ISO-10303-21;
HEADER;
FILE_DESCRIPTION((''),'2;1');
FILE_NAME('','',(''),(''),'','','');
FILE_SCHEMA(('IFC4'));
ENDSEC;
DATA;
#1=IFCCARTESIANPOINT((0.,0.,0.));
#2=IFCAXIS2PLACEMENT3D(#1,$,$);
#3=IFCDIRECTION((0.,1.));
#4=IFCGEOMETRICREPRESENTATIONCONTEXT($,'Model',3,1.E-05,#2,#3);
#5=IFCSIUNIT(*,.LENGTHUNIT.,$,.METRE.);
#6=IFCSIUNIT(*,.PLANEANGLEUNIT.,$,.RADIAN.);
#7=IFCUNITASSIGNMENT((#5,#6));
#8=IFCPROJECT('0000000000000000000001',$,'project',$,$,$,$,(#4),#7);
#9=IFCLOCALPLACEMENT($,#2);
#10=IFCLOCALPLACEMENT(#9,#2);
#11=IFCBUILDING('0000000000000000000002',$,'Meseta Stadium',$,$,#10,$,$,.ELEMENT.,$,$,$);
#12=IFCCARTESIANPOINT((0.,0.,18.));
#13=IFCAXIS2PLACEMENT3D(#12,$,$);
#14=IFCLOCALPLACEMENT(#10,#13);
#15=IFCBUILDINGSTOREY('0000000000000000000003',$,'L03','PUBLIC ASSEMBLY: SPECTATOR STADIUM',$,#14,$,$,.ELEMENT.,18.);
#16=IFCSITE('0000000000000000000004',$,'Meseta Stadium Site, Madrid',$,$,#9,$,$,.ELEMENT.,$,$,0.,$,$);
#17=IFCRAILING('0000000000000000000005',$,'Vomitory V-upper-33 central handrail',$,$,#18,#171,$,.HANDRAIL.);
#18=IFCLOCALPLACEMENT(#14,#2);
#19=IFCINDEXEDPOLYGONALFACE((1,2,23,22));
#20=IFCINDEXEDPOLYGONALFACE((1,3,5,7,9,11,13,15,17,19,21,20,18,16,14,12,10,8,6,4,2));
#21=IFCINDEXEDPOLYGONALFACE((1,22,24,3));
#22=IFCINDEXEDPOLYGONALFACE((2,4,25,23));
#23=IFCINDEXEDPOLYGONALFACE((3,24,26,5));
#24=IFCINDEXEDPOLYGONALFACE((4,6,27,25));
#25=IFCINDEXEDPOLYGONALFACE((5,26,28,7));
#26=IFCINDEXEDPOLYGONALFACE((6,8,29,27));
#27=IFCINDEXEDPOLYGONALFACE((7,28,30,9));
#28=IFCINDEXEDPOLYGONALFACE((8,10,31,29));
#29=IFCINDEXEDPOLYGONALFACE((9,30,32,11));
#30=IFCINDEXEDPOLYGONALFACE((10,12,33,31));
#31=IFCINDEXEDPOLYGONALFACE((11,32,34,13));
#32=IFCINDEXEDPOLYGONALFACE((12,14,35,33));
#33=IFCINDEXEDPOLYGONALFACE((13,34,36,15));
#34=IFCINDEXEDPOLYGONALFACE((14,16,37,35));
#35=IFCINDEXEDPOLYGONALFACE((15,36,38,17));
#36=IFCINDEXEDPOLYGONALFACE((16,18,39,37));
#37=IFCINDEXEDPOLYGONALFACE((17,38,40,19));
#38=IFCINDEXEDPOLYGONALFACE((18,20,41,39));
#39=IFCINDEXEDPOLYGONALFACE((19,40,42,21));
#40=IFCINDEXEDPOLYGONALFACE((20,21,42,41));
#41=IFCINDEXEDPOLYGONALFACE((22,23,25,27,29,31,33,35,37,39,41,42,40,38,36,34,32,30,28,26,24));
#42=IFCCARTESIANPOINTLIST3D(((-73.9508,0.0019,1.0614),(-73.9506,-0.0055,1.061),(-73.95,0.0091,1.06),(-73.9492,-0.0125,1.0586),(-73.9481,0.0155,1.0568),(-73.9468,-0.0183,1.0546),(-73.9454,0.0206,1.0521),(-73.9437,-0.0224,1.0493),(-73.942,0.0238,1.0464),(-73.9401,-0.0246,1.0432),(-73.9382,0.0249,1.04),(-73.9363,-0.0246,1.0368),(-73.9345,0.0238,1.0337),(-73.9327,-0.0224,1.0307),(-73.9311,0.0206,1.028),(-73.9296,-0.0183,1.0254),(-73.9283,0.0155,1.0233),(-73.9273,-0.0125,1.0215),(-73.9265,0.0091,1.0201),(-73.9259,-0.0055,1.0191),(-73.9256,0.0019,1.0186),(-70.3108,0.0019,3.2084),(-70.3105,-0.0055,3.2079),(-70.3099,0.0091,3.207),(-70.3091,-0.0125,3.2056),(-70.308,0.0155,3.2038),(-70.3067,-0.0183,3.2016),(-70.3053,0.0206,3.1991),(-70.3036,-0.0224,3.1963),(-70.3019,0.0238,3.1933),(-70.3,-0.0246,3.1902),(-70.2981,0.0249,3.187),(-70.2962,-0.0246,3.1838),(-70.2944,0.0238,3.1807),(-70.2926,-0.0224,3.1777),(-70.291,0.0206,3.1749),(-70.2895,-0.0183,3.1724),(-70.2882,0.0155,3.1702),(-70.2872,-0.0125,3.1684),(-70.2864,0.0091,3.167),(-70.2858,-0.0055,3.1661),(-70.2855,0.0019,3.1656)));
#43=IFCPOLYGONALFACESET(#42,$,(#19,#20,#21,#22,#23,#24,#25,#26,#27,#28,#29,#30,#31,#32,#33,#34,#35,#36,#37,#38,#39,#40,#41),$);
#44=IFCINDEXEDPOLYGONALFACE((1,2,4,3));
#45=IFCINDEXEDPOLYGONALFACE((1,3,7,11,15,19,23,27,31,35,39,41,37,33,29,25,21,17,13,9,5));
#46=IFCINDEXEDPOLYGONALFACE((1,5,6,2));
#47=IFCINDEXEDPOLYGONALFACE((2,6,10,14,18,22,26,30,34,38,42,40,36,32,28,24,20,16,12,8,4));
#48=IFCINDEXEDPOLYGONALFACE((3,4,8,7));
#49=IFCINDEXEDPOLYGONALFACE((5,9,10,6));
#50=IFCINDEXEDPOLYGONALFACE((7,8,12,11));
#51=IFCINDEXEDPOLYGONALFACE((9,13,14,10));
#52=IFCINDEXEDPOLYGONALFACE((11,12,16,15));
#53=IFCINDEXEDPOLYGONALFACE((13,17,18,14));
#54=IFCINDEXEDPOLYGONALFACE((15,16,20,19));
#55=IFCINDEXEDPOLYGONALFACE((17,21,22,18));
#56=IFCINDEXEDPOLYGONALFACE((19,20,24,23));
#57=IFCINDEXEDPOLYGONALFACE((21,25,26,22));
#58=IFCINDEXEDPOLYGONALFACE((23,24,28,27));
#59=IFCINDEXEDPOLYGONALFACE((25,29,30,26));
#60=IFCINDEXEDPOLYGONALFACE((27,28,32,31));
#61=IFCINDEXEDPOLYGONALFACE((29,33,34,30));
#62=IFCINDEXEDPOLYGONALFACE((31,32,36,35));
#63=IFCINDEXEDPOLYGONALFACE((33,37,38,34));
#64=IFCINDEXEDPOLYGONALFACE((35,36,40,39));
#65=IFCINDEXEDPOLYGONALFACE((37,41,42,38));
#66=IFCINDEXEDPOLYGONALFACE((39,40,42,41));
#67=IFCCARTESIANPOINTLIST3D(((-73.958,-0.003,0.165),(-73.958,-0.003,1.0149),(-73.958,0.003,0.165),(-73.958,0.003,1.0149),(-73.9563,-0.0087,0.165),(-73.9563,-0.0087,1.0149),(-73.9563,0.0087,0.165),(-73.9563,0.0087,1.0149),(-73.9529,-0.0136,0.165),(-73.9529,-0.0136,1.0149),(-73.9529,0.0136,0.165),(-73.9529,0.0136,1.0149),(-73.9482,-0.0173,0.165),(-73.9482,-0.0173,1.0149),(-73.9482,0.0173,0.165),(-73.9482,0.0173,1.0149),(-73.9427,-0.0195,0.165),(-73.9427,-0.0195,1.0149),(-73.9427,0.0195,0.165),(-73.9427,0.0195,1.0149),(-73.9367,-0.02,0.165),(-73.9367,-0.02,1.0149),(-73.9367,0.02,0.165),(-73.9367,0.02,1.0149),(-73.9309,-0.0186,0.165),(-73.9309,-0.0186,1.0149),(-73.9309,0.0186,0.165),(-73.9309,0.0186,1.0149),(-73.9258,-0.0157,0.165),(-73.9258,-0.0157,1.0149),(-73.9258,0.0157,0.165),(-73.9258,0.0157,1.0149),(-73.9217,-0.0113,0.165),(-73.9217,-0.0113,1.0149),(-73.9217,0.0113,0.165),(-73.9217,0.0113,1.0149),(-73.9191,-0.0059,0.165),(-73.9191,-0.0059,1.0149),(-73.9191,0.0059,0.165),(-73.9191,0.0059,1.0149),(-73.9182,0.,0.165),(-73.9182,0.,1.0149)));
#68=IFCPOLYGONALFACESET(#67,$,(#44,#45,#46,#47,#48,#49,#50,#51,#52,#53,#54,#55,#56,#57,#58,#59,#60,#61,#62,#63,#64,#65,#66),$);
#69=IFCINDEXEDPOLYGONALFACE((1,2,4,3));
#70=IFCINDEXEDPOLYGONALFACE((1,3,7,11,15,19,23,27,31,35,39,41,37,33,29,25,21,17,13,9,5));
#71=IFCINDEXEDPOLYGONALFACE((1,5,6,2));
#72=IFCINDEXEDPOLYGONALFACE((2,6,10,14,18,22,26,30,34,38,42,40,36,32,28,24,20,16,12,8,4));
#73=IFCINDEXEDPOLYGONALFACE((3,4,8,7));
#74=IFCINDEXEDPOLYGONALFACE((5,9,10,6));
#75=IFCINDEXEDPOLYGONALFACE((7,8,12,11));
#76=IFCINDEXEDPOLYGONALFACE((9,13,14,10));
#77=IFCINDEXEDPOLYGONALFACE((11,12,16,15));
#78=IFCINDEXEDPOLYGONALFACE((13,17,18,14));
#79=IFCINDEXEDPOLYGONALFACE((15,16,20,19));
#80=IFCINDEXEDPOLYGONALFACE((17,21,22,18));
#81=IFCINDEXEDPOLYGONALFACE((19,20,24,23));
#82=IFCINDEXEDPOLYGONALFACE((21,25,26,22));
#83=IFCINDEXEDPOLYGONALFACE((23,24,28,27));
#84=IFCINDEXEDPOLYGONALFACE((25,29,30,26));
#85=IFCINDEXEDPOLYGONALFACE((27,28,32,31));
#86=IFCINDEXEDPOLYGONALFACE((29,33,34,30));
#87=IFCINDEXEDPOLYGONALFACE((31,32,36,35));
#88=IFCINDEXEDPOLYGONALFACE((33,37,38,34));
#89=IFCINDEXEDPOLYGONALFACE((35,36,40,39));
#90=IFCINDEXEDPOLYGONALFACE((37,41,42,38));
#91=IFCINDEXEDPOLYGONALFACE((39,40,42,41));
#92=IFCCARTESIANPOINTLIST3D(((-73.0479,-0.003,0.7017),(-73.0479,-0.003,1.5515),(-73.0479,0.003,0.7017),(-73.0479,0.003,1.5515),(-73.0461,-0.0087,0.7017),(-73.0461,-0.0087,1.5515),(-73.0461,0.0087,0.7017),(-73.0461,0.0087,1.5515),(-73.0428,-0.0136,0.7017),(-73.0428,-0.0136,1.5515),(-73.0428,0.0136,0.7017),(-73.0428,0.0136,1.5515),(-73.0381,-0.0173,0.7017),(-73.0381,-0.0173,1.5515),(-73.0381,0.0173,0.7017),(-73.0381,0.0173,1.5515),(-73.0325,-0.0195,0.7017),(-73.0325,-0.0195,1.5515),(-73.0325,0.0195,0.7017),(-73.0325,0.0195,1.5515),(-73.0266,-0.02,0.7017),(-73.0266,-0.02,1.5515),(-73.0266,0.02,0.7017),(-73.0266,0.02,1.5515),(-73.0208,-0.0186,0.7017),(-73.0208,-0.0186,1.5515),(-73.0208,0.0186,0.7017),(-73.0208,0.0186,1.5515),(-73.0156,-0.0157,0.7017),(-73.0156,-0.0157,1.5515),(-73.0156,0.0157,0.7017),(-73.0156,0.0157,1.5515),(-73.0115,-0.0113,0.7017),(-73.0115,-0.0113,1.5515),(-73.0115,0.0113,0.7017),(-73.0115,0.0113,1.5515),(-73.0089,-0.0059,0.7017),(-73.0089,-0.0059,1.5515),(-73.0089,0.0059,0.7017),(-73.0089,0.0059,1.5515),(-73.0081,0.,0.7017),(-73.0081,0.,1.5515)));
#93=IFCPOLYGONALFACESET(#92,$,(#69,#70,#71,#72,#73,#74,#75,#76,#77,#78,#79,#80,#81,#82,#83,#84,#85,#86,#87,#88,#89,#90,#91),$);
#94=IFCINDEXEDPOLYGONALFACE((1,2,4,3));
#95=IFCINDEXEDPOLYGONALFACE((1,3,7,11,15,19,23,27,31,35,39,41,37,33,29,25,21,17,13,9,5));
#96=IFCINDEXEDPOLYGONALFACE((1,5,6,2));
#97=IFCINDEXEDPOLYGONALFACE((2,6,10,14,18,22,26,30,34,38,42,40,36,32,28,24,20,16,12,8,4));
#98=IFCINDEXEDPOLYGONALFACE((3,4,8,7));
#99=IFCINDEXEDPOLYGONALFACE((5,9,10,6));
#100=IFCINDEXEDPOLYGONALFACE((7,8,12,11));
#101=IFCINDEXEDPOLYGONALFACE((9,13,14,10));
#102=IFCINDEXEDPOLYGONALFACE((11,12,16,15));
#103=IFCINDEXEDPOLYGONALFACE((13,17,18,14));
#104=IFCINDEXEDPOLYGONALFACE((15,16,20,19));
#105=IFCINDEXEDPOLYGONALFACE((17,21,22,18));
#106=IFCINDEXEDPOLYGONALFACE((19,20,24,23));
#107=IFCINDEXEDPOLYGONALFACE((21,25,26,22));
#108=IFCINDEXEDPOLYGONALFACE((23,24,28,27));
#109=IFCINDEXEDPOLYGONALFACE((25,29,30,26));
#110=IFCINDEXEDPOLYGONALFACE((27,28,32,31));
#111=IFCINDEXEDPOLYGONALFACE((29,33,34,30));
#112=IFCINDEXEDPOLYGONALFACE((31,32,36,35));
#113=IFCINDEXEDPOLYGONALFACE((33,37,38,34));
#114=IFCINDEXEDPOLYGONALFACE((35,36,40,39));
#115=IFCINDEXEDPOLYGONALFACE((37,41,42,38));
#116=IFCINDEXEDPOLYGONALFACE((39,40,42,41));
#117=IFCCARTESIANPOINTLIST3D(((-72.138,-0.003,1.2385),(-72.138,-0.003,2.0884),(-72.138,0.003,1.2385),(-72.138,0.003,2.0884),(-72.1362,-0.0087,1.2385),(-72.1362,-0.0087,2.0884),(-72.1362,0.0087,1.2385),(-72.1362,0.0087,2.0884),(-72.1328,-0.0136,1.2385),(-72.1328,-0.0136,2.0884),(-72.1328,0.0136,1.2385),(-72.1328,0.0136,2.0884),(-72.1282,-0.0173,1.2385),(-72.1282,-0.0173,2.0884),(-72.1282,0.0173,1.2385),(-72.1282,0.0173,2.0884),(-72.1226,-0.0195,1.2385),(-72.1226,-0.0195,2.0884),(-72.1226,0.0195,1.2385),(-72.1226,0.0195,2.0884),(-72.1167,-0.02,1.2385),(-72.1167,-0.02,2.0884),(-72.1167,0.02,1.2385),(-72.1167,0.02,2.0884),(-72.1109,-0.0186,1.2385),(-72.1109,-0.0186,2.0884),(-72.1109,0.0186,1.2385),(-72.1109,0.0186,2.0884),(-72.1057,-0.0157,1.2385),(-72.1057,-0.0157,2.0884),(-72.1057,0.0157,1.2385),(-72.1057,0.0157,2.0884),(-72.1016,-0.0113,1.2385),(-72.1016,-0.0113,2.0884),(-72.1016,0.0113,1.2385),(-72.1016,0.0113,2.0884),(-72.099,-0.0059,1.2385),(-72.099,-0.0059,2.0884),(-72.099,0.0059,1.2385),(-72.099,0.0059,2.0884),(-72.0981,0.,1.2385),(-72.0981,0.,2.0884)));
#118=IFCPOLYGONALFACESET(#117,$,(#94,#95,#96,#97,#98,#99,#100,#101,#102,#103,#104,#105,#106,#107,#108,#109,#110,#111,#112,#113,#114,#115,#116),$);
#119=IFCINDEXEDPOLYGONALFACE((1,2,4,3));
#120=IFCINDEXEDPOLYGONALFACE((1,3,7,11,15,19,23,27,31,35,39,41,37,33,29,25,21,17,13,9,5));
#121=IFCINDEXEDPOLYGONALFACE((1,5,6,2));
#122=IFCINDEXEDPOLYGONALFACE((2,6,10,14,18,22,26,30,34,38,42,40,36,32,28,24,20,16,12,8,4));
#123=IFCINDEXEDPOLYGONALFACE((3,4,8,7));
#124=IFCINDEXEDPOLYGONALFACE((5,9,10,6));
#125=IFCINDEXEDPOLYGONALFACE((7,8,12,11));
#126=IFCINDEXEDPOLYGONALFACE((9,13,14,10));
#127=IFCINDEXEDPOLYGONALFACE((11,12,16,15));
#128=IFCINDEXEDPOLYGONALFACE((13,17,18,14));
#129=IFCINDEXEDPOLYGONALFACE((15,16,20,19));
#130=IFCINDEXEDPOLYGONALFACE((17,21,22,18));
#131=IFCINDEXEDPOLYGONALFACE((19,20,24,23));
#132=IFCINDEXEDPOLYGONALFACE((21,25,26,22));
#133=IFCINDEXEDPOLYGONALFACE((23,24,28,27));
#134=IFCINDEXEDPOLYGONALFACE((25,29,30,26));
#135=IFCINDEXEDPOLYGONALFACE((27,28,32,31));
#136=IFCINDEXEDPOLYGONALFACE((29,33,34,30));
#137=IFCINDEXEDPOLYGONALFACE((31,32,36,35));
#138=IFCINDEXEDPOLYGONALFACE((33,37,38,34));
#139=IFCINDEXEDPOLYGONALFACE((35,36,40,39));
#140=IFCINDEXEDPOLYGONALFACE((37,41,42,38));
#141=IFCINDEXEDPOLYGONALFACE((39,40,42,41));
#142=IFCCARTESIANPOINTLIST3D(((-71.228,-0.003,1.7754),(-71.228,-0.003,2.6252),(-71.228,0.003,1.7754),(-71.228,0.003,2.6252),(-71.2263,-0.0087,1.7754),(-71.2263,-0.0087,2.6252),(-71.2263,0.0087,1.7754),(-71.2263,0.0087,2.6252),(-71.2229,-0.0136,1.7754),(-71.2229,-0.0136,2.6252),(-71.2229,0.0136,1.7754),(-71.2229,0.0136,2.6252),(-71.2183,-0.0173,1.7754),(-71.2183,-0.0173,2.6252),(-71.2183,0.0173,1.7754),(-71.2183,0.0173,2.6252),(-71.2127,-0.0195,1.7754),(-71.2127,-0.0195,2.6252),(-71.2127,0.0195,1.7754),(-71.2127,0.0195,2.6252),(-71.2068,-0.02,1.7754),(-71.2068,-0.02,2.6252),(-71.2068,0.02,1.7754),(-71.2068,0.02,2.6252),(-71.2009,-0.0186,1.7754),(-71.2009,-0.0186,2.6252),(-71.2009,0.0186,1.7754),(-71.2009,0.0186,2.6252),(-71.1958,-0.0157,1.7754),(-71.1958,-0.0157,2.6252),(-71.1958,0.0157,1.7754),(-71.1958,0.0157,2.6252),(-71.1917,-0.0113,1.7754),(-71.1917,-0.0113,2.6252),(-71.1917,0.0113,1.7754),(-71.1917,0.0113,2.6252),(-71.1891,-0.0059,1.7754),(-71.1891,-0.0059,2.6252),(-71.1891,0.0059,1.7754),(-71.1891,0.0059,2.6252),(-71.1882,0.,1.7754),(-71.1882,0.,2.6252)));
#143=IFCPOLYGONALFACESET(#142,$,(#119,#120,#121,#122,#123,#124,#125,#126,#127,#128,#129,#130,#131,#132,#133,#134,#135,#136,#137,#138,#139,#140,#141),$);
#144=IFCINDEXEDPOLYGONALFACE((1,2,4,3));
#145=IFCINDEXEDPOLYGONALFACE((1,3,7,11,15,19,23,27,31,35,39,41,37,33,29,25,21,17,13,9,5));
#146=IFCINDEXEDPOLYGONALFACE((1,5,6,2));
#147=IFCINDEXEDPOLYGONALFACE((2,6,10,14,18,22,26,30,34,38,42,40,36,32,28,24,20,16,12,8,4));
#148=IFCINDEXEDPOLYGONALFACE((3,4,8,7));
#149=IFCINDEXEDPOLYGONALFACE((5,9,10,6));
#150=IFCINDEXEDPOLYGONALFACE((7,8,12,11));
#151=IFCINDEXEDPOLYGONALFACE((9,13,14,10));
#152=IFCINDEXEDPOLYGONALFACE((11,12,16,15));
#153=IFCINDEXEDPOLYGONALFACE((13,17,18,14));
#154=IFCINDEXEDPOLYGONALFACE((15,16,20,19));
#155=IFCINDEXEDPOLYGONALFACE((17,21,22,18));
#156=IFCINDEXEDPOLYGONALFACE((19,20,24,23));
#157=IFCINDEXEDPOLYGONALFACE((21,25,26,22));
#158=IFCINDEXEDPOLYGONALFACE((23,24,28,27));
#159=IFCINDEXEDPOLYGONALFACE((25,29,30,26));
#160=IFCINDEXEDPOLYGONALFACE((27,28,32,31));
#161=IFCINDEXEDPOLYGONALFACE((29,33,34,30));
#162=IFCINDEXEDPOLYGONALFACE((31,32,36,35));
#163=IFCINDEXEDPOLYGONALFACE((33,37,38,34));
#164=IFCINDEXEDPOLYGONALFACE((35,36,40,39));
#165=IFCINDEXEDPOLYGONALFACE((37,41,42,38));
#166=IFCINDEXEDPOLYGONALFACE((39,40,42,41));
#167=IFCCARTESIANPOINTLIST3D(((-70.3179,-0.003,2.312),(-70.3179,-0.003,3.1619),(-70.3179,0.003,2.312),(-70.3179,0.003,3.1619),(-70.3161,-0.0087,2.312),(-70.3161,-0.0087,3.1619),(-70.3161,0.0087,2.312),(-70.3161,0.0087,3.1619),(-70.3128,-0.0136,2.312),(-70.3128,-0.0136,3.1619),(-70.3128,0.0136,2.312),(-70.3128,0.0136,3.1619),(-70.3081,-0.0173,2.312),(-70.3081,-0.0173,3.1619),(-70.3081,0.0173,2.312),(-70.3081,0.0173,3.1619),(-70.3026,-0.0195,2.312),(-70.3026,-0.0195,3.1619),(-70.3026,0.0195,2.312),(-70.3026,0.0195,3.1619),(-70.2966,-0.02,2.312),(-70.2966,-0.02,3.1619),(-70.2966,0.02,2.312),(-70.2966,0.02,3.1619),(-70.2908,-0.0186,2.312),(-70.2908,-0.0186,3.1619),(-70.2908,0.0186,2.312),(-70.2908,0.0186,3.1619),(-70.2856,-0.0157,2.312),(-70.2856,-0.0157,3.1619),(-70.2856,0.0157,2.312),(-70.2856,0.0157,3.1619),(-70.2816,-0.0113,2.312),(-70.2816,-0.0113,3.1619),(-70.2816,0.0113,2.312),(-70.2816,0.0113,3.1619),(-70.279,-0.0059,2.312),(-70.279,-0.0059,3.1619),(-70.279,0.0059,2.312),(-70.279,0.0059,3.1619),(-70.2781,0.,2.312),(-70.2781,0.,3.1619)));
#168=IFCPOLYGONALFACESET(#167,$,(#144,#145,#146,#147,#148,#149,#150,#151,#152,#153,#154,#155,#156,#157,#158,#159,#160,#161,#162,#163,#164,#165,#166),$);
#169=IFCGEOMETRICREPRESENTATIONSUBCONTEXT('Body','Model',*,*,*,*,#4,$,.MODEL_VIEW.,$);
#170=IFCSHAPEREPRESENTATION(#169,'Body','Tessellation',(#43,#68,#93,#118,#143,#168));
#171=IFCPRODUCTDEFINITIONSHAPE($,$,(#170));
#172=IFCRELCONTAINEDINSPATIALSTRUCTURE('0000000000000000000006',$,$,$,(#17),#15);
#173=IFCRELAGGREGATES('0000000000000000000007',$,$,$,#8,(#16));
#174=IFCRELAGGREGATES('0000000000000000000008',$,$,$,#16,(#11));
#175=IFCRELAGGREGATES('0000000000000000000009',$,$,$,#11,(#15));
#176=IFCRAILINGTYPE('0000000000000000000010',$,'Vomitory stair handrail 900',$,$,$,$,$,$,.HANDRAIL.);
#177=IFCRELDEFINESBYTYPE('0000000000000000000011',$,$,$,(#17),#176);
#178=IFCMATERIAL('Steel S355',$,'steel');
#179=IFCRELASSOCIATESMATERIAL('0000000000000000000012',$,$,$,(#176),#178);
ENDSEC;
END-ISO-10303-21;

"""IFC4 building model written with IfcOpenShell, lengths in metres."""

from ifc_helpers import new_model, si_unit, direction, frame, origin, origin_2d, place, context, subcontext, project, spatial, circle, extrude, material, type_object, element, save


model = new_model("IFC4")

# Units and contexts
model_context = context("Model", 3, precision=1e-05, world=origin(), true_north=direction((0.0, 1.0)))
body_context = subcontext(model_context, "Body", "Model", "MODEL_VIEW")
ifc_project = project(units=[si_unit("LENGTHUNIT", "METRE"), si_unit("PLANEANGLEUNIT", "RADIAN")], contexts=[model_context])

# Site, building, storey
site_placement = place(None, origin())
site = spatial("IfcSite", under=ifc_project, at=site_placement, Name="Meseta Stadium Site, Madrid", CompositionType="ELEMENT", RefElevation=0.0)
building_placement = place(site_placement, origin())
building = spatial("IfcBuilding", under=site, at=building_placement, Name="Meseta Stadium", CompositionType="ELEMENT")
storey_placement = place(building_placement, frame((0.0, 0.0, 18.0)))
storey = spatial("IfcBuildingStorey", under=building, at=storey_placement, Name="L03", Description="PUBLIC ASSEMBLY: SPECTATOR STADIUM", CompositionType="ELEMENT", Elevation=18.0)

# Railing
ifc_material_1 = material(Name="Steel S355", Category="steel")
railing_type_1 = type_object("IfcRailingType", Name="Vomitory stair handrail 900", PredefinedType="HANDRAIL", material=ifc_material_1)
railing_1_placement = place(storey_placement, frame((-73.9382, 0.0, 0.165)))
element("IfcRailing", 1, at=railing_1_placement, inside=storey, type_object=railing_type_1, Name="Vomitory V-upper-33 central handrail", PredefinedType="HANDRAIL", context=body_context, shape_type="SweptSolid", body=[
    extrude(circle(Radius=0.0249, at=origin_2d()), frame((0.0, 0.0, 0.875), z_axis=(0.861343, 0.0, 0.508025), x_axis=(0.0, 1.0, 0.0)), (0.0, 0.0, 1.0), 4.2261),
    extrude(circle(Radius=0.02, at=origin_2d()), origin(), (0.0, 0.0, 1.0), 0.8499),
    extrude(circle(Radius=0.02, at=origin_2d()), frame((0.9102, 0.0, 0.5366)), (0.0, 0.0, 1.0), 0.8499),
    extrude(circle(Radius=0.02, at=origin_2d()), frame((1.8201, 0.0, 1.0735)), (0.0, 0.0, 1.0), 0.8499),
    extrude(circle(Radius=0.02, at=origin_2d()), frame((2.73, 0.0, 1.6104)), (0.0, 0.0, 1.0), 0.8499),
    extrude(circle(Radius=0.02, at=origin_2d()), frame((3.6401, 0.0, 2.147)), (0.0, 0.0, 1.0), 0.8499),
])

save(model, "model.ifc")
